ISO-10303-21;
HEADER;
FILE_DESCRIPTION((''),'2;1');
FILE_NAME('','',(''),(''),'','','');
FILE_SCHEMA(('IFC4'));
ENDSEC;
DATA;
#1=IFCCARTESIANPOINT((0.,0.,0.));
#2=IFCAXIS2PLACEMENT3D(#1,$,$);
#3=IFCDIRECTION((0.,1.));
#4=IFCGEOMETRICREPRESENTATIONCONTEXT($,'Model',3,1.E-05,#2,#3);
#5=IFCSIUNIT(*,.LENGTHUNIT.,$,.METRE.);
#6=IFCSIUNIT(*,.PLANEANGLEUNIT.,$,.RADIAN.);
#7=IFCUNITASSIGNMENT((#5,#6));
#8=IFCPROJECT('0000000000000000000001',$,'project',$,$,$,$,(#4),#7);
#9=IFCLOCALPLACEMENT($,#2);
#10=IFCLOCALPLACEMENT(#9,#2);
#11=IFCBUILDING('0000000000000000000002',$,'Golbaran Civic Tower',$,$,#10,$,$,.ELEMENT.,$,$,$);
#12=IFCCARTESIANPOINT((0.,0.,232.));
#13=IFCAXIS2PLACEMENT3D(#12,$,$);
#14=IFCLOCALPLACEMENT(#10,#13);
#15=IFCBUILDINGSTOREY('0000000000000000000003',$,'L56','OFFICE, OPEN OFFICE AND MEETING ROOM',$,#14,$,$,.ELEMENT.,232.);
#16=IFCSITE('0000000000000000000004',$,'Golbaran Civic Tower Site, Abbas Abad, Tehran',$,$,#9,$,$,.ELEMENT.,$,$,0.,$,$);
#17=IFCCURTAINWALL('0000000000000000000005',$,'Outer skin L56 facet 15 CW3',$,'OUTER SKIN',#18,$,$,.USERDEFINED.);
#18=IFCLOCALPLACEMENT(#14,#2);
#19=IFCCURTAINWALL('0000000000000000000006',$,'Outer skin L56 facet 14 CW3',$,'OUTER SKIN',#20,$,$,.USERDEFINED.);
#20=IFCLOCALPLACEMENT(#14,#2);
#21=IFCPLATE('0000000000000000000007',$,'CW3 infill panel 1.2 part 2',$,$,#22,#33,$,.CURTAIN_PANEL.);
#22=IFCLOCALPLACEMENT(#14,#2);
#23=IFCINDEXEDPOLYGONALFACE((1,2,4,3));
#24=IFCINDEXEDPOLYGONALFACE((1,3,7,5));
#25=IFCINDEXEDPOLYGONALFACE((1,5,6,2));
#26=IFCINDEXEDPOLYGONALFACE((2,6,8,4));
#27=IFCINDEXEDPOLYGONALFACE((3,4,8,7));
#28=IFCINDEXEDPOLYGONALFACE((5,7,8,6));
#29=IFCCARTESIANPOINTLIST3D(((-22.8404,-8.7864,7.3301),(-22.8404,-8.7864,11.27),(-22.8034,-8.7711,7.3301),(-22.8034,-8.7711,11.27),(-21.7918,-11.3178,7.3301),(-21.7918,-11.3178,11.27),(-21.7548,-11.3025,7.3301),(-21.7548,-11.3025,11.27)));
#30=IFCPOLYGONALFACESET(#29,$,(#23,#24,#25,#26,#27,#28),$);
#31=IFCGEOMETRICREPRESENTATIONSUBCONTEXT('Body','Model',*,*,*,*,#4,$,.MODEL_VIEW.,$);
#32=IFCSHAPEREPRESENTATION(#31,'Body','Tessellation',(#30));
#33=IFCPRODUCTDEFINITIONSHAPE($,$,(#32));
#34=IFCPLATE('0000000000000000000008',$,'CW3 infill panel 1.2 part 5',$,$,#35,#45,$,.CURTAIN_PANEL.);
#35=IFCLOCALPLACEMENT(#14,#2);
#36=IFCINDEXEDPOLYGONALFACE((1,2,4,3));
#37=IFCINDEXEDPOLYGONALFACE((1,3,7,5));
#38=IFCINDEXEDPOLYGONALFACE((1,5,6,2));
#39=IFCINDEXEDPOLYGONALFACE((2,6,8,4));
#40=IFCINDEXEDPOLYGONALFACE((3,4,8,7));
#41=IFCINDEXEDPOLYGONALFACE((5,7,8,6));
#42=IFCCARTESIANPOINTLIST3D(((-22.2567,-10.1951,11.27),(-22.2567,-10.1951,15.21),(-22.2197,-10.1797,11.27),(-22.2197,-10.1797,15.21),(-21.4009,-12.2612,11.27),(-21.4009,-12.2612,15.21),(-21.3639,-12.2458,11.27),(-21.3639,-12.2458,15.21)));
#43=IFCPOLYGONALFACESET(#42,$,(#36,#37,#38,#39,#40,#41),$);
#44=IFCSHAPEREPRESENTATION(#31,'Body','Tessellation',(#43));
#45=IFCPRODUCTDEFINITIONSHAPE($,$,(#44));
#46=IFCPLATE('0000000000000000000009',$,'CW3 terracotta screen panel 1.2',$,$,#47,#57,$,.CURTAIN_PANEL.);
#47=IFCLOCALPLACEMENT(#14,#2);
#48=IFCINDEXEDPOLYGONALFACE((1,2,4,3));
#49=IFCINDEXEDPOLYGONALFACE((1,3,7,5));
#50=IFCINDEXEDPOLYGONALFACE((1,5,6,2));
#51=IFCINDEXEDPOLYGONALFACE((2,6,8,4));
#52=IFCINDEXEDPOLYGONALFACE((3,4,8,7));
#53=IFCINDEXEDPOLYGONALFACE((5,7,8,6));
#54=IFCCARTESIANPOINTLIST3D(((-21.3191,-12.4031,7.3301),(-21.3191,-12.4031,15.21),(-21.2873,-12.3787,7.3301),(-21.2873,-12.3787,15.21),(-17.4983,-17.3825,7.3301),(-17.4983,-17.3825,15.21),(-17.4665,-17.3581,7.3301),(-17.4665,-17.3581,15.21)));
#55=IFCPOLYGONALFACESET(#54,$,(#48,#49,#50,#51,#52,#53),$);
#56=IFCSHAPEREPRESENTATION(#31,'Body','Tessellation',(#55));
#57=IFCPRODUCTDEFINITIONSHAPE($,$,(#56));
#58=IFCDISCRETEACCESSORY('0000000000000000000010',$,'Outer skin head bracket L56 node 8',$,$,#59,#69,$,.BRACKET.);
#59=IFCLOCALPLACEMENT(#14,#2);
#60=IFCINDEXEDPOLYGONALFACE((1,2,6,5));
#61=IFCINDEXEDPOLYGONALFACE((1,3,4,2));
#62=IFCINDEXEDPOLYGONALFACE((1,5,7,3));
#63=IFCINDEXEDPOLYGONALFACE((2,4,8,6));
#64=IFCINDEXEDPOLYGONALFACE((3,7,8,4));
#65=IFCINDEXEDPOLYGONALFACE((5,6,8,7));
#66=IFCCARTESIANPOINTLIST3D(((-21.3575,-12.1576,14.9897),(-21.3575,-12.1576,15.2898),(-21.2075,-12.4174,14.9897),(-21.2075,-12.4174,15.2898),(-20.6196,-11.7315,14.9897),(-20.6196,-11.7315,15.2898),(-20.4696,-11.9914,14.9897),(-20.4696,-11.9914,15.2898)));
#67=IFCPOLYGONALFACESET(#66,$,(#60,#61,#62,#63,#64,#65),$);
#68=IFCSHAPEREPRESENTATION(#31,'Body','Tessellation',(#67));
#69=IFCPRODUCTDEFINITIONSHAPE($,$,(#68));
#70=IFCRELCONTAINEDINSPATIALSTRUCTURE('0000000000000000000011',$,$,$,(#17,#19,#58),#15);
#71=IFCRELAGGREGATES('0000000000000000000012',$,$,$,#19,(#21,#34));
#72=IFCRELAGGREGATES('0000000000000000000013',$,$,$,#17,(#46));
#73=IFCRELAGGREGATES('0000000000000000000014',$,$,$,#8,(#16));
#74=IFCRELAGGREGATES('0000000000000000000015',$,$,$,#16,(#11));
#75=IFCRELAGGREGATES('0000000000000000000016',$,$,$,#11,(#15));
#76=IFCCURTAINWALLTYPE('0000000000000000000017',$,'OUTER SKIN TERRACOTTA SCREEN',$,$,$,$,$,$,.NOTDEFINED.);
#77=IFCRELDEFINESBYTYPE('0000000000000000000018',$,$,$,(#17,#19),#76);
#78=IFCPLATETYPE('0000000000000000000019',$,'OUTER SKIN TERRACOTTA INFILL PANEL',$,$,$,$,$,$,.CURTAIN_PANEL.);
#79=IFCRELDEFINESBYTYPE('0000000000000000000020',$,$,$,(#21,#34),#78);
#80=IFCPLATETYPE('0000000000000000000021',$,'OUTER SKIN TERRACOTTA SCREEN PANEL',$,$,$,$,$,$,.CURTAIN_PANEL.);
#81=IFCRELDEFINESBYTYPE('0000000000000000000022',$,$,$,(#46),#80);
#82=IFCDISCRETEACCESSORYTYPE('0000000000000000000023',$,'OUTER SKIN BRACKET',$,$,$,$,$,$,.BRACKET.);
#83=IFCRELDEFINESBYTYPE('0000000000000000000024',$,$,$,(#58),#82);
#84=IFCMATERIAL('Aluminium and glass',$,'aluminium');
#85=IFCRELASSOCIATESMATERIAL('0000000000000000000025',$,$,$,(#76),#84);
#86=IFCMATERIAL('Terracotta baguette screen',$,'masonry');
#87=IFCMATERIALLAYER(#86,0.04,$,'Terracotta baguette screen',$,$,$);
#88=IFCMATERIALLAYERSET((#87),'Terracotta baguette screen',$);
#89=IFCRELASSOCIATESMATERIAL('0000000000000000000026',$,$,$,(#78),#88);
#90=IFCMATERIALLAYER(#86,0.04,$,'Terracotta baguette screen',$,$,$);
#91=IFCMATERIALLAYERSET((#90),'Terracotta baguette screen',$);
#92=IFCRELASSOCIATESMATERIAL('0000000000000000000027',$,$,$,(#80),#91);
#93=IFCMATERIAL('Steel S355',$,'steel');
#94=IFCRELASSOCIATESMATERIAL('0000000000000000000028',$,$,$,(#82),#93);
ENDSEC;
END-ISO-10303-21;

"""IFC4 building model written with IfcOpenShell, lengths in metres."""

from ifc_helpers import new_model, si_unit, direction, frame, origin, origin_2d, place, context, subcontext, project, spatial, rectangle, extrude, material, layer, layer_set, type_object, element, aggregate, save


model = new_model("IFC4")

# Units and contexts
model_context = context("Model", 3, precision=1e-05, world=origin(), true_north=direction((0.0, 1.0)))
body_context = subcontext(model_context, "Body", "Model", "MODEL_VIEW")
ifc_project = project(units=[si_unit("LENGTHUNIT", "METRE"), si_unit("PLANEANGLEUNIT", "RADIAN")], contexts=[model_context])

# Site, building, storey
site_placement = place(None, origin())
site = spatial("IfcSite", under=ifc_project, at=site_placement, Name="Golbaran Civic Tower Site, Abbas Abad, Tehran", CompositionType="ELEMENT", RefElevation=0.0)
building_placement = place(site_placement, origin())
building = spatial("IfcBuilding", under=site, at=building_placement, Name="Golbaran Civic Tower", CompositionType="ELEMENT")
storey_placement = place(building_placement, frame((0.0, 0.0, 232.0)))
storey = spatial("IfcBuildingStorey", under=building, at=storey_placement, Name="L56", Description="OFFICE, OPEN OFFICE AND MEETING ROOM", CompositionType="ELEMENT", Elevation=232.0)

# Curtain wall
ifc_material_1 = material(Name="Aluminium and glass", Category="aluminium")
curtain_wall_type_1 = type_object("IfcCurtainWallType", Name="OUTER SKIN TERRACOTTA SCREEN", PredefinedType="NOTDEFINED", material=ifc_material_1)
curtain_wall_1_placement = place(storey_placement, origin())
curtain_wall_1 = element("IfcCurtainWall", 1, at=curtain_wall_1_placement, inside=storey, type_object=curtain_wall_type_1, Name="Outer skin L56 facet 15 CW3", ObjectType="OUTER SKIN", PredefinedType="USERDEFINED")

# Curtain wall
curtain_wall_2_placement = place(storey_placement, origin())
curtain_wall_2 = element("IfcCurtainWall", 2, at=curtain_wall_2_placement, inside=storey, type_object=curtain_wall_type_1, Name="Outer skin L56 facet 14 CW3", ObjectType="OUTER SKIN", PredefinedType="USERDEFINED")

# Plates
ifc_material_2 = material(Name="Terracotta baguette screen", Category="masonry")
ifc_layer_1 = layer(ifc_material_2, 0.04, Name="Terracotta baguette screen")
ifc_layer_set_1 = layer_set([ifc_layer_1], Name="Terracotta baguette screen")
plate_type_1 = type_object("IfcPlateType", Name="OUTER SKIN TERRACOTTA INFILL PANEL", PredefinedType="CURTAIN_PANEL", material=ifc_layer_set_1)
plate_1_placement = place(storey_placement, frame((-22.2976, -10.0444, 7.3301), z_axis=(0.0, 0.0, 1.0), x_axis=(0.382683, -0.92388, 0.0)))
plate_1 = element("IfcPlate", 3, at=plate_1_placement, type_object=plate_type_1, Name="CW3 infill panel 1.2 part 2", PredefinedType="CURTAIN_PANEL", context=body_context, shape_type="SweptSolid", body=[
    extrude(rectangle(XDim=2.74, YDim=0.04, at=origin_2d()), origin(), (0.0, 0.0, 1.0), 3.9399),
])
plate_2_placement = place(storey_placement, frame((-21.8103, -11.2205, 11.27), z_axis=(0.0, 0.0, 1.0), x_axis=(0.382683, -0.92388, 0.0)))
plate_2 = element("IfcPlate", 4, at=plate_2_placement, type_object=plate_type_1, Name="CW3 infill panel 1.2 part 5", PredefinedType="CURTAIN_PANEL", context=body_context, shape_type="SweptSolid", body=[
    extrude(rectangle(XDim=2.2363, YDim=0.04, at=origin_2d()), origin(), (0.0, 0.0, 1.0), 3.9399),
])
aggregate(curtain_wall_2, [plate_1, plate_2])
ifc_layer_2 = layer(ifc_material_2, 0.04, Name="Terracotta baguette screen")
ifc_layer_set_2 = layer_set([ifc_layer_2], Name="Terracotta baguette screen")
plate_type_2 = type_object("IfcPlateType", Name="OUTER SKIN TERRACOTTA SCREEN PANEL", PredefinedType="CURTAIN_PANEL", material=ifc_layer_set_2)
plate_3_placement = place(storey_placement, frame((-19.3928, -14.8806, 7.3301), z_axis=(0.0, 0.0, 1.0), x_axis=(0.608761, -0.793353, 0.0)))
plate_3 = element("IfcPlate", 5, at=plate_3_placement, type_object=plate_type_2, Name="CW3 terracotta screen panel 1.2", PredefinedType="CURTAIN_PANEL", context=body_context, shape_type="SweptSolid", body=[
    extrude(rectangle(XDim=6.2764, YDim=0.04, at=origin_2d()), origin(), (0.0, 0.0, 1.0), 7.8799),
])
aggregate(curtain_wall_1, [plate_3])

# Discrete accessory
ifc_material_3 = material(Name="Steel S355", Category="steel")
discrete_accessory_type = type_object("IfcDiscreteAccessoryType", Name="OUTER SKIN BRACKET", PredefinedType="BRACKET", material=ifc_material_3)
discrete_accessory_placement = place(storey_placement, frame((-20.9136, -12.0745, 14.9897), z_axis=(0.0, 0.0, 1.0), x_axis=(-0.866025, -0.5, 0.0)))
element("IfcDiscreteAccessory", 6, at=discrete_accessory_placement, inside=storey, type_object=discrete_accessory_type, Name="Outer skin head bracket L56 node 8", PredefinedType="BRACKET", context=body_context, shape_type="SweptSolid", body=[
    extrude(rectangle(XDim=0.8521, YDim=0.3, at=origin_2d()), origin(), (0.0, 0.0, 1.0), 0.3),
])

save(model, "model.ifc")
